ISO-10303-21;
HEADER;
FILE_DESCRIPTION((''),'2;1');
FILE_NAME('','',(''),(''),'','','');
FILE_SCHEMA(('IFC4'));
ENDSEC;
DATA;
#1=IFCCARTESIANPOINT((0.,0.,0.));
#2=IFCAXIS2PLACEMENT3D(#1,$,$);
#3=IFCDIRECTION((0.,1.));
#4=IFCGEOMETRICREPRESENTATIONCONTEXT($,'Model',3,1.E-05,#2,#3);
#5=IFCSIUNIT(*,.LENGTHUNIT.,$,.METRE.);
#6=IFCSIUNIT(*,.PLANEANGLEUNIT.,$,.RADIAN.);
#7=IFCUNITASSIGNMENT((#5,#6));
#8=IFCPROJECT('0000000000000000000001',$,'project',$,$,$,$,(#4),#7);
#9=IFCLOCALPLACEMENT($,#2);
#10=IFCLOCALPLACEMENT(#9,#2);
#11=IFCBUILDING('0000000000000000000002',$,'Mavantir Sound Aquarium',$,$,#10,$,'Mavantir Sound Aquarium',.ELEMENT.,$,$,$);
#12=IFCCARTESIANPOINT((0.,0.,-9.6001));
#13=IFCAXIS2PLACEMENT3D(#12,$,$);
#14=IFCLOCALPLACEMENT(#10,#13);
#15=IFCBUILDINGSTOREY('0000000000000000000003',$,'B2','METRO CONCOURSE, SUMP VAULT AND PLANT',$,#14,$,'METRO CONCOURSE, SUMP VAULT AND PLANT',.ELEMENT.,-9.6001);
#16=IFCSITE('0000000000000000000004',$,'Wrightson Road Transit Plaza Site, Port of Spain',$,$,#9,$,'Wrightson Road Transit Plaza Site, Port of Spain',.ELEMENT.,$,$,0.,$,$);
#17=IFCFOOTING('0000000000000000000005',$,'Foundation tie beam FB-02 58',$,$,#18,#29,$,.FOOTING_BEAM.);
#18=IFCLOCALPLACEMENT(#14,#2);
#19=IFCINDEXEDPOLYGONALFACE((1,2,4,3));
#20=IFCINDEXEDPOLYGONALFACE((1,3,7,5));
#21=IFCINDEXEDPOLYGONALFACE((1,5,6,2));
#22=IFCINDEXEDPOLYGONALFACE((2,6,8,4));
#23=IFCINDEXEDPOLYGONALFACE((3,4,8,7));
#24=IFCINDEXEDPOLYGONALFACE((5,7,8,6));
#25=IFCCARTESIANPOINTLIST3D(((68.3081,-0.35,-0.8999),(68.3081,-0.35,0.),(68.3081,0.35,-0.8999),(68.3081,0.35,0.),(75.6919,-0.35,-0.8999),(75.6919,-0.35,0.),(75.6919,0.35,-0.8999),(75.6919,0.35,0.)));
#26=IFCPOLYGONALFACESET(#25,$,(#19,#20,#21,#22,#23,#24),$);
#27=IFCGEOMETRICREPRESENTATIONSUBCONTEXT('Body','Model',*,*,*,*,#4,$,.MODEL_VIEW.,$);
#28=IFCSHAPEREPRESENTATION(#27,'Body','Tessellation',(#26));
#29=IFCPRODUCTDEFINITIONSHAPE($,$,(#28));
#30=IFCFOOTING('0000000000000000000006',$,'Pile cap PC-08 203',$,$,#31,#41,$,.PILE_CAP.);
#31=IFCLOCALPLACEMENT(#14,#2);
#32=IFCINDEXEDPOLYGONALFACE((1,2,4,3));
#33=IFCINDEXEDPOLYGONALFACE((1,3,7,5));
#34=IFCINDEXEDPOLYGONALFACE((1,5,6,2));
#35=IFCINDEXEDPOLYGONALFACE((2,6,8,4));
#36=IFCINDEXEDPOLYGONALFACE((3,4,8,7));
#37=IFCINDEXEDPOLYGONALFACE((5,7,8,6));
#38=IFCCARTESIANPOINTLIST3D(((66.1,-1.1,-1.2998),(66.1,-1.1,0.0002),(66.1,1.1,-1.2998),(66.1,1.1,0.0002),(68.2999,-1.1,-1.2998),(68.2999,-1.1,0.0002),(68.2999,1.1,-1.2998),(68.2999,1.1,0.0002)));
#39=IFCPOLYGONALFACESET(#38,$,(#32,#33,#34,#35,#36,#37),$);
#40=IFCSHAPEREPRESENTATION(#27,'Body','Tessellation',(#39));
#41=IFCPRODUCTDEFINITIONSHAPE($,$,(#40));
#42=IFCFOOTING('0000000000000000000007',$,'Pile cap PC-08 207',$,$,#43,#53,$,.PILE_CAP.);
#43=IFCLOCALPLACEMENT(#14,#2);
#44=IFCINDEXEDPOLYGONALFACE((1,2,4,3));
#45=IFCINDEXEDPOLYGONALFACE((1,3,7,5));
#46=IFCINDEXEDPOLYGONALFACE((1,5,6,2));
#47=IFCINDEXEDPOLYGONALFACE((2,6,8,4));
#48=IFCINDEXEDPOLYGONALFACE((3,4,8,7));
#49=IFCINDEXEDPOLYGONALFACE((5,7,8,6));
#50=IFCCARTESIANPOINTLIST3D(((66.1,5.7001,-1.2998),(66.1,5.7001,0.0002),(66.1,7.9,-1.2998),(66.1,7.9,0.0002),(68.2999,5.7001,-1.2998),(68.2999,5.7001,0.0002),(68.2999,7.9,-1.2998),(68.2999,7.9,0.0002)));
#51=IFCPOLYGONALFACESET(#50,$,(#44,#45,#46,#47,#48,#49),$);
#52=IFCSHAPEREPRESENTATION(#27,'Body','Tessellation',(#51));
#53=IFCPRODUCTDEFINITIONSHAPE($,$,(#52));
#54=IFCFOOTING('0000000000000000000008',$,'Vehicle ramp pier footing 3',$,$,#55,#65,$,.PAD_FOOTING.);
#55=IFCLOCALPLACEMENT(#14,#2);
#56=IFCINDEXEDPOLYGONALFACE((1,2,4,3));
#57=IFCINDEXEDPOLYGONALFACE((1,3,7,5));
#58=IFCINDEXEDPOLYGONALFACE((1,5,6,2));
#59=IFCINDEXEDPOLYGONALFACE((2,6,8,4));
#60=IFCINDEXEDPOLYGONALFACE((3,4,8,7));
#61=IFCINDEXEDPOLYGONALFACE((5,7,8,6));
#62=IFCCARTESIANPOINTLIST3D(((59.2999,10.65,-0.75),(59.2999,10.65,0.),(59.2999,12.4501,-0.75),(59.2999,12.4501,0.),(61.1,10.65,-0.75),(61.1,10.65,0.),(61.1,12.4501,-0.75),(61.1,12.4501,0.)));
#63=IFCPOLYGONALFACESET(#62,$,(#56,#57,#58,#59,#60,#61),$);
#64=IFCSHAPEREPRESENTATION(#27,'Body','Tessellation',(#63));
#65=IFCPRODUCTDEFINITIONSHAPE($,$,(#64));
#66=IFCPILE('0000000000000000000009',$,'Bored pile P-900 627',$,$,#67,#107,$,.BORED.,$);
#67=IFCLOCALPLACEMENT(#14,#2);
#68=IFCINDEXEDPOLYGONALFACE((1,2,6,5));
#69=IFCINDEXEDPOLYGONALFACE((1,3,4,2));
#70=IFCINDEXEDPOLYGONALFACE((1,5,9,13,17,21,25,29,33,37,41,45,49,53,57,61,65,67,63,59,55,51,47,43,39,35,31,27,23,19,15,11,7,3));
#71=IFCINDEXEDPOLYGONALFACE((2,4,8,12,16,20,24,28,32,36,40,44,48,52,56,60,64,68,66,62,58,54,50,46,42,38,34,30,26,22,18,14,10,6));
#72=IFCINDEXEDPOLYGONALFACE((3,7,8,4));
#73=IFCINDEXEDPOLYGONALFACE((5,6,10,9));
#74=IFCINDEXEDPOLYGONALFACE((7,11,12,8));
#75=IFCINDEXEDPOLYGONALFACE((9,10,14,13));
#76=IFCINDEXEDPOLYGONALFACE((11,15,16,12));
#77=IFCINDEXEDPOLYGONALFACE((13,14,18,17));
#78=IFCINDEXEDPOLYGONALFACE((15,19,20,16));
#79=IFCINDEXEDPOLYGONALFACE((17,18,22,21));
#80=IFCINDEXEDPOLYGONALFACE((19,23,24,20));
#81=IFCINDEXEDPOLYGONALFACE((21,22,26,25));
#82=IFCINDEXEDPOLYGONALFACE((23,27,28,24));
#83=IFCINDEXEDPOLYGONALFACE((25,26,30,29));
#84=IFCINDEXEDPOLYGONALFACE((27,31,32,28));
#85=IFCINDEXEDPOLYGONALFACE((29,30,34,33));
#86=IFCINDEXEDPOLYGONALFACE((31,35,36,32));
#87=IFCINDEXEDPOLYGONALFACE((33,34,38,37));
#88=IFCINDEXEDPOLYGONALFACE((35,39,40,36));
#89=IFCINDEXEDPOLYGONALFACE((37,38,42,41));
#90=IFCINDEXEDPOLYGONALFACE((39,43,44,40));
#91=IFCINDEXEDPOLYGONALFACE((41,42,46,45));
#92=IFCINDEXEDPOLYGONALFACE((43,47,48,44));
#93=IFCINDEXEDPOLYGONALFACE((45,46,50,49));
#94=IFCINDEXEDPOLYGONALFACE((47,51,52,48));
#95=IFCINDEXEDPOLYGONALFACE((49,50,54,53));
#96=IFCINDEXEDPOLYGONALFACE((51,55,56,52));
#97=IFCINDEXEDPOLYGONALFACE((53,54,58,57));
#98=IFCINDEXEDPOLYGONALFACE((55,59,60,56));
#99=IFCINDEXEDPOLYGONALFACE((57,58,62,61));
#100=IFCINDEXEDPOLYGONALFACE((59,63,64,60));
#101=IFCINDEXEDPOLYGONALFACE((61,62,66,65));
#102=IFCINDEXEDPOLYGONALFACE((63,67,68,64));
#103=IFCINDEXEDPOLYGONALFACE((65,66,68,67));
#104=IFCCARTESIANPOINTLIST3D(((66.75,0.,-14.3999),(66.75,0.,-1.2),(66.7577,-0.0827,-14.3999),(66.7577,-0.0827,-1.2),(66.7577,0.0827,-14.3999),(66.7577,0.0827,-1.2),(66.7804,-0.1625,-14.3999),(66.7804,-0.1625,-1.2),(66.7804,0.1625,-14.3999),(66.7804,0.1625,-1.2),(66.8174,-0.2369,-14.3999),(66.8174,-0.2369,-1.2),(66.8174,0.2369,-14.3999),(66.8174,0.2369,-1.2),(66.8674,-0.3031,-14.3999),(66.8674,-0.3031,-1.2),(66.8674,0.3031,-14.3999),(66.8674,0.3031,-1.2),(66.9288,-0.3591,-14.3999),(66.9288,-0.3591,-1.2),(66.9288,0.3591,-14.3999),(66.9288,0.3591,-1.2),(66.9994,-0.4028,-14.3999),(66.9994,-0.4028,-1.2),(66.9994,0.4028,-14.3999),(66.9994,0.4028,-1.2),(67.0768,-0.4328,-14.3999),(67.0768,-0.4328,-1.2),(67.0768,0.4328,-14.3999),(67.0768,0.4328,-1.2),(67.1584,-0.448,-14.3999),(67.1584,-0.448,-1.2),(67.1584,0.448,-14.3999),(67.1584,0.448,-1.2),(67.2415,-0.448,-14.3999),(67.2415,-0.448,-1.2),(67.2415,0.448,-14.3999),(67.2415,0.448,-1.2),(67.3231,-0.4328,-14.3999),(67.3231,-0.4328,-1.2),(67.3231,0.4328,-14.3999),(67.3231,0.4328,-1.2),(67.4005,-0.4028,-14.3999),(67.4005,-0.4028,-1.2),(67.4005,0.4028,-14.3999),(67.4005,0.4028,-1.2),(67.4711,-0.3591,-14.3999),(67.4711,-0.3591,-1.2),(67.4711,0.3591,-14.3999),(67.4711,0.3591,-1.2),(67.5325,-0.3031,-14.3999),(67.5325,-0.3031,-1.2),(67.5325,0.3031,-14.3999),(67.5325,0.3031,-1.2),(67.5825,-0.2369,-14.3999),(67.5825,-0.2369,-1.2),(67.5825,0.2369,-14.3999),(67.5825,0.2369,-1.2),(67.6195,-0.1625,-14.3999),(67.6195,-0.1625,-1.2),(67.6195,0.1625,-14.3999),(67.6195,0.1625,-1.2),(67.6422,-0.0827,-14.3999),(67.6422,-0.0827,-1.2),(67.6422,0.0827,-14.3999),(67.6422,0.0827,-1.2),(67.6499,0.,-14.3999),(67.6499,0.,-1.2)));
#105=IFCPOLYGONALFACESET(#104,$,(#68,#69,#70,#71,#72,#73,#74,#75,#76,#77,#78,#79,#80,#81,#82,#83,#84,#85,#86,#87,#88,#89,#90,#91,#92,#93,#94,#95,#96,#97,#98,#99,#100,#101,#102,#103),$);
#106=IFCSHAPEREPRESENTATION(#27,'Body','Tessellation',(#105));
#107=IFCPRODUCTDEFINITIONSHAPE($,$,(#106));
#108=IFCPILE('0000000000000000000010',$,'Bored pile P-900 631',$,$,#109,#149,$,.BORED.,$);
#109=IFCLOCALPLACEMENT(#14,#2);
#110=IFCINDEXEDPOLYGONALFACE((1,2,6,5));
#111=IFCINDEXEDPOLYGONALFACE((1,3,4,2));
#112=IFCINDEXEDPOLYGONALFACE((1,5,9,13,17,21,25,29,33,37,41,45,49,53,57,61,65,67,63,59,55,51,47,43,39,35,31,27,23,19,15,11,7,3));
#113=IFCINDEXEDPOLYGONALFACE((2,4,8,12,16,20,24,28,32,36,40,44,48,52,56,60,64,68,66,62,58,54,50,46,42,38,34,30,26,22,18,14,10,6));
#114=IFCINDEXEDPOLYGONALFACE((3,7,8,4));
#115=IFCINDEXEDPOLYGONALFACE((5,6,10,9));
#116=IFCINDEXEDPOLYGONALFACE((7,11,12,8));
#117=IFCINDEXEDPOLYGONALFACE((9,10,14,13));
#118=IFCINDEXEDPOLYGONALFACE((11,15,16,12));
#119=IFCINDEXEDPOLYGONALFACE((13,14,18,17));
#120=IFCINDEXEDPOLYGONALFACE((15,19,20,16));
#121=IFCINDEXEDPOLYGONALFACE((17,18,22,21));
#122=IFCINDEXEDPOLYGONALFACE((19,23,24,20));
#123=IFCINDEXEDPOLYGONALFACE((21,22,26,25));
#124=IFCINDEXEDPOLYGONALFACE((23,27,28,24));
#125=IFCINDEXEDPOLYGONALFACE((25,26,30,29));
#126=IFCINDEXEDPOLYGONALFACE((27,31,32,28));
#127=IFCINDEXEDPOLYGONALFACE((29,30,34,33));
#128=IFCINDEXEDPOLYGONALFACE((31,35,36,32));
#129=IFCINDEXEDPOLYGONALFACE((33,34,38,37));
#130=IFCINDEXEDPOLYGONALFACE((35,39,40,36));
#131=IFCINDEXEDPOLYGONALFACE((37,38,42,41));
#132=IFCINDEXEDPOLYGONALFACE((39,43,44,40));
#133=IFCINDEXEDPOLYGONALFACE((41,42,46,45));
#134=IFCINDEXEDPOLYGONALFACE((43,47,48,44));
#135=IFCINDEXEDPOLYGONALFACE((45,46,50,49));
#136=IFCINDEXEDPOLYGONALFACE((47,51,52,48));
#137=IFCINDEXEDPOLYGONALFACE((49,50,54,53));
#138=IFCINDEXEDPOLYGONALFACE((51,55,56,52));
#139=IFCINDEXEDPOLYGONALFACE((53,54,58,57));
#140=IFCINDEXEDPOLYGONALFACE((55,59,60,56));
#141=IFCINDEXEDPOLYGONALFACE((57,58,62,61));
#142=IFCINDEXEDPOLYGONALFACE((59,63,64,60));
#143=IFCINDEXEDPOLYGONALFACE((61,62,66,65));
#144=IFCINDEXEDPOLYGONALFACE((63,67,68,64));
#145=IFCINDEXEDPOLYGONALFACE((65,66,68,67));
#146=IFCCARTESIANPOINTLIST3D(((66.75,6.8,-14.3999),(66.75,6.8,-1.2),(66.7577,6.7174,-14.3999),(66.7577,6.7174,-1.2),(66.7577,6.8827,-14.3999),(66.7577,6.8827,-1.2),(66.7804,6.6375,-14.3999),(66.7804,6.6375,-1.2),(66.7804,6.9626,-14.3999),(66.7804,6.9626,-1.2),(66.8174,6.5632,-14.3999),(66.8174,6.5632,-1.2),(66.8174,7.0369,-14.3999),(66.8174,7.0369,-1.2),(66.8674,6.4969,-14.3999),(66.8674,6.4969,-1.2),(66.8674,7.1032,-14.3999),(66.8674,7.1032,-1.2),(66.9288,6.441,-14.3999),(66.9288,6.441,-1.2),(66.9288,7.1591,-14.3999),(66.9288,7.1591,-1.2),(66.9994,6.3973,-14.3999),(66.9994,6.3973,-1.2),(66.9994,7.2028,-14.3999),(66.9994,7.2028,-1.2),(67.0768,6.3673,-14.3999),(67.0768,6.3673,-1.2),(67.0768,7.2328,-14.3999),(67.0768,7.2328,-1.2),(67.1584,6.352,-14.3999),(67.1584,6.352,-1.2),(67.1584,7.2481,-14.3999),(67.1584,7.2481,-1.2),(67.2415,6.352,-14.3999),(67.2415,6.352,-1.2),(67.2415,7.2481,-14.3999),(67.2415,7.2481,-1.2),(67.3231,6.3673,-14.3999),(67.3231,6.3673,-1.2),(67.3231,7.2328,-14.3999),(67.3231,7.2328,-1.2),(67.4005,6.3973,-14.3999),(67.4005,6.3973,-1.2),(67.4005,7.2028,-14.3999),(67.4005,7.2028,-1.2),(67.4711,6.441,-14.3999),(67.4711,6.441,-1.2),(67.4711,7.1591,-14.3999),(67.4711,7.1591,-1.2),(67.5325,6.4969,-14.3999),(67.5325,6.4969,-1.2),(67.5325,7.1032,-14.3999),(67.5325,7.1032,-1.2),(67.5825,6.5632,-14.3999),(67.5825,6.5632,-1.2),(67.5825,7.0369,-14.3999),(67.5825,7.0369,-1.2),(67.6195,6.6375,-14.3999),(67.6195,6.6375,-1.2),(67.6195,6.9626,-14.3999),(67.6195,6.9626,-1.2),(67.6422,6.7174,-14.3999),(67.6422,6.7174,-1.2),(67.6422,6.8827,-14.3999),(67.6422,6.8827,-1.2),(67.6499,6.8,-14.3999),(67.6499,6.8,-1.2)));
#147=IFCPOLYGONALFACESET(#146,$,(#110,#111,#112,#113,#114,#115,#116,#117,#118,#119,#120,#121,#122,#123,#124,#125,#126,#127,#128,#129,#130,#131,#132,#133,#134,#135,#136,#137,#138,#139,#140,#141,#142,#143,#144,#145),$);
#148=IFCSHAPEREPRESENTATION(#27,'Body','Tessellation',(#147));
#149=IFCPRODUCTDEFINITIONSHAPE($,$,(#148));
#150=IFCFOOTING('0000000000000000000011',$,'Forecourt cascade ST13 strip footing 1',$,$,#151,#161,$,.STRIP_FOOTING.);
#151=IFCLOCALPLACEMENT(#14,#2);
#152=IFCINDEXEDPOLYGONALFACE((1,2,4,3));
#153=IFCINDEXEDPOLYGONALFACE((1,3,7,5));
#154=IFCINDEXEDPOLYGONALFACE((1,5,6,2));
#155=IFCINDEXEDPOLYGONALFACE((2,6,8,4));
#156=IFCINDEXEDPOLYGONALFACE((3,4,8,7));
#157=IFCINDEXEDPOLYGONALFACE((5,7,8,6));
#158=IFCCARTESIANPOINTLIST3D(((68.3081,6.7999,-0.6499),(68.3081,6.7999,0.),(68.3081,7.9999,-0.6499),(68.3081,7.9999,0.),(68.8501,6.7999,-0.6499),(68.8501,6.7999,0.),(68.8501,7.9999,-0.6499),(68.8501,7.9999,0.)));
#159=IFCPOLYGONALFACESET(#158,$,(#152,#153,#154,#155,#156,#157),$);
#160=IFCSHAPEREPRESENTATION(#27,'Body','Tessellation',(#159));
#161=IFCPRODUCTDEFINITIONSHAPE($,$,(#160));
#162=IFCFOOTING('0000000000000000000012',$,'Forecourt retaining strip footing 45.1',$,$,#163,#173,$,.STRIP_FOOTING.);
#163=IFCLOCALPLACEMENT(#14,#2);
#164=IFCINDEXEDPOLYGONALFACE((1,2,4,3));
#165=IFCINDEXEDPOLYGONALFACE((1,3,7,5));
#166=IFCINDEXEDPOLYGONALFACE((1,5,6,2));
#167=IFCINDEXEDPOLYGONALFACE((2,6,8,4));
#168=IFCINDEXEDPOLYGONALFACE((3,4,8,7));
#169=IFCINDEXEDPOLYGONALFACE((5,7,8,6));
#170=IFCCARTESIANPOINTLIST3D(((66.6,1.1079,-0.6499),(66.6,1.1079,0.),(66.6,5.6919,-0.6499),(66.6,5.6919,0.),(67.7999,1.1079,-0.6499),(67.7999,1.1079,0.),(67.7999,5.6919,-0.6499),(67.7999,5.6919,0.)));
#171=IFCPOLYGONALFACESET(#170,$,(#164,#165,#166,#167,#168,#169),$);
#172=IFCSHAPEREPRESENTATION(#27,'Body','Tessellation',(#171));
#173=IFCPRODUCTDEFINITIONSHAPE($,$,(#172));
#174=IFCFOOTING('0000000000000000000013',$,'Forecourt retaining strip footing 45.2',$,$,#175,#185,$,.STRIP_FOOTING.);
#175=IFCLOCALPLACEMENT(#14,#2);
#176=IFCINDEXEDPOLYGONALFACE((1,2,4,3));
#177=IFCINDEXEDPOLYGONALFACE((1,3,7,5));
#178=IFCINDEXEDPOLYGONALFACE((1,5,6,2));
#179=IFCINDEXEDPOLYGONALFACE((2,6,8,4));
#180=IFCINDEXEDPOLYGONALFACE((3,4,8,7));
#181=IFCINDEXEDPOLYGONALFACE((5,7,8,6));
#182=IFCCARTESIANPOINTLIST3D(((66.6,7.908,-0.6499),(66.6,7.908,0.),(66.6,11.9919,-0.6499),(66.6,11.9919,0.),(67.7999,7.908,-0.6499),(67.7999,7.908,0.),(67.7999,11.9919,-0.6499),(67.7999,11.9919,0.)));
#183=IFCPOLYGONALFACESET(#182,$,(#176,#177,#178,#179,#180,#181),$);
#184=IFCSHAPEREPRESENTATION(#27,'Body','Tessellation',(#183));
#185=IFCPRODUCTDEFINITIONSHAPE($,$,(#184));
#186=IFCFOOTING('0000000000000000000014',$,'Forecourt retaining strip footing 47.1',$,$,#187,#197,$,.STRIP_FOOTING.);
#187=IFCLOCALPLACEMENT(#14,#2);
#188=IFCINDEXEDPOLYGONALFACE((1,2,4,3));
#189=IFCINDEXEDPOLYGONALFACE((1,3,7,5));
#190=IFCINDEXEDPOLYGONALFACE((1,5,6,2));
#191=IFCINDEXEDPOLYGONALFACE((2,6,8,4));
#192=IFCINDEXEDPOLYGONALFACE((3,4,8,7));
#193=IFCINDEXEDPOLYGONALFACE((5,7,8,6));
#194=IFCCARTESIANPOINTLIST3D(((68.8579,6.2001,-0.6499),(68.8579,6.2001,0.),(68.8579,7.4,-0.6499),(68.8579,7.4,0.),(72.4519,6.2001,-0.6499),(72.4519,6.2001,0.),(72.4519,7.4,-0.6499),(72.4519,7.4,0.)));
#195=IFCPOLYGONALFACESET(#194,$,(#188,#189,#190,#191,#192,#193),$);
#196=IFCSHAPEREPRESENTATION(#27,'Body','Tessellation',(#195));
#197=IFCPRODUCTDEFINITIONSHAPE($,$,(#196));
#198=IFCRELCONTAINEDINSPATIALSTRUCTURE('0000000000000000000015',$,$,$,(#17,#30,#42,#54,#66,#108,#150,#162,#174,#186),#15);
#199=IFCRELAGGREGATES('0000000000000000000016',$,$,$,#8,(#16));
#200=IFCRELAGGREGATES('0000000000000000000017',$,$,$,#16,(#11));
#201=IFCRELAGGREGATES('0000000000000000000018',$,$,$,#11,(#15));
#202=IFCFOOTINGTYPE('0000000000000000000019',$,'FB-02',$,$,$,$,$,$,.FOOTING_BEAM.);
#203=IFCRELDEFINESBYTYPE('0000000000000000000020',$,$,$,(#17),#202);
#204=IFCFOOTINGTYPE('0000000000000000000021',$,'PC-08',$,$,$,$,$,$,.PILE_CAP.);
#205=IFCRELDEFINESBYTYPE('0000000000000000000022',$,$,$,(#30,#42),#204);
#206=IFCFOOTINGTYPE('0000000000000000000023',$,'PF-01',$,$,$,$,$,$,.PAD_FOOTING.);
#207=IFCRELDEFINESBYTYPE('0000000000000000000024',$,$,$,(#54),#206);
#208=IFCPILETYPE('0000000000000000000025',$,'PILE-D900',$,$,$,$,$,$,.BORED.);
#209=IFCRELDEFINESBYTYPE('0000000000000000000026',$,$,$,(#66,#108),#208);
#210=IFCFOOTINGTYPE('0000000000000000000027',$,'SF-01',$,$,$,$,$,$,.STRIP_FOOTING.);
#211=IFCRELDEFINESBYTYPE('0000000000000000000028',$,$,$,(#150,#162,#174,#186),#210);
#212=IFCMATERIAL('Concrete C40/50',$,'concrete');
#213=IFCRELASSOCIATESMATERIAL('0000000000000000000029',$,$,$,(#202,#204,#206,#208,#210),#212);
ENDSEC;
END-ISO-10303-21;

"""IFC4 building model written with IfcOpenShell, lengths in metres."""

from ifc_helpers import new_model, si_unit, direction, frame, origin, origin_2d, place, context, subcontext, project, spatial, rectangle, circle, extrude, material, material_profile, profile_set, type_object, element, save


model = new_model("IFC4")

# Units and contexts
model_context = context("Model", 3, precision=1e-05, world=origin(), true_north=direction((0.0, 1.0)))
body_context = subcontext(model_context, "Body", "Model", "MODEL_VIEW")
ifc_project = project(units=[si_unit("LENGTHUNIT", "METRE"), si_unit("PLANEANGLEUNIT", "RADIAN")], contexts=[model_context])

# Site, building, storey
site_placement = place(None, origin())
site = spatial("IfcSite", under=ifc_project, at=site_placement, Name="Wrightson Road Transit Plaza Site, Port of Spain", LongName="Wrightson Road Transit Plaza Site, Port of Spain", CompositionType="ELEMENT", RefElevation=0.0)
building_placement = place(site_placement, origin())
building = spatial("IfcBuilding", under=site, at=building_placement, Name="Mavantir Sound Aquarium", LongName="Mavantir Sound Aquarium", CompositionType="ELEMENT")
storey_placement = place(building_placement, frame((0.0, 0.0, -9.6001)))
storey = spatial("IfcBuildingStorey", under=building, at=storey_placement, Name="B2", Description="METRO CONCOURSE, SUMP VAULT AND PLANT", LongName="METRO CONCOURSE, SUMP VAULT AND PLANT", CompositionType="ELEMENT", Elevation=-9.6001)

# Footings
ifc_material_1 = material(Name="Concrete C40/50", Category="concrete")
ifc_material_profile_1 = material_profile(ifc_material_1, rectangle(XDim=0.7, YDim=0.8999, at=origin_2d()), Name="RC 700X900")
ifc_profile_set_1 = profile_set([ifc_material_profile_1], Name="Concrete C40/50")
footing_type_1 = type_object("IfcFootingType", Name="FB-02", PredefinedType="FOOTING_BEAM", material=ifc_profile_set_1)
footing_1_placement = place(storey_placement, frame((68.3081, 0.0, -0.45), z_axis=(1.0, 0.0, 0.0), x_axis=(0.0, 1.0, 0.0)))
element("IfcFooting", 1, at=footing_1_placement, inside=storey, type_object=footing_type_1, Name="Foundation tie beam FB-02 58", PredefinedType="FOOTING_BEAM", context=body_context, shape_type="SweptSolid", body=[
    extrude(rectangle(XDim=0.7, YDim=0.8999, at=origin_2d()), origin(), (0.0, 0.0, 1.0), 7.3838),
])
footing_type_2 = type_object("IfcFootingType", Name="PC-08", PredefinedType="PILE_CAP", material=ifc_material_1)
for number, where, z_axis, x_axis, name in (
    (2, (67.2, 0.0, -1.2998), (0.0, 0.0, 1.0), (1.0, 0.0, 0.0), "Pile cap PC-08 203"),
    (3, (67.2, 6.8, -1.2998), (0.0, 0.0, 1.0), (1.0, 0.0, 0.0), "Pile cap PC-08 207"),
):
    element("IfcFooting", number, at=place(storey_placement, frame(where, z_axis=z_axis, x_axis=x_axis)), inside=storey, type_object=footing_type_2, Name=name, PredefinedType="PILE_CAP", context=body_context, shape_type="SweptSolid", body=[
        extrude(rectangle(XDim=2.2, YDim=2.2, at=origin_2d()), origin(), (0.0, 0.0, 1.0), 1.3),
    ])
footing_type_3 = type_object("IfcFootingType", Name="PF-01", PredefinedType="PAD_FOOTING", material=ifc_material_1)
footing_2_placement = place(storey_placement, frame((60.2, 11.55, -0.75), z_axis=(0.0, 0.0, 1.0), x_axis=(1.0, 0.0, 0.0)))
element("IfcFooting", 4, at=footing_2_placement, inside=storey, type_object=footing_type_3, Name="Vehicle ramp pier footing 3", PredefinedType="PAD_FOOTING", context=body_context, shape_type="SweptSolid", body=[
    extrude(rectangle(XDim=1.8, YDim=1.8, at=origin_2d()), origin(), (0.0, 0.0, 1.0), 0.75),
])

# Piles
ifc_material_profile_2 = material_profile(ifc_material_1, circle(Radius=0.45, at=origin_2d()), Name="PILE D900")
ifc_profile_set_2 = profile_set([ifc_material_profile_2], Name="Concrete C40/50")
pile_type = type_object("IfcPileType", Name="PILE-D900", PredefinedType="BORED", material=ifc_profile_set_2)
for number, where, z_axis, x_axis, name in (
    (5, (67.2, 0.0, -1.2), (0.0, 0.0, -1.0), (1.0, 0.0, 0.0), "Bored pile P-900 627"),
    (6, (67.2, 6.8, -1.2), (0.0, 0.0, -1.0), (1.0, 0.0, 0.0), "Bored pile P-900 631"),
):
    element("IfcPile", number, at=place(storey_placement, frame(where, z_axis=z_axis, x_axis=x_axis)), inside=storey, type_object=pile_type, Name=name, PredefinedType="BORED", context=body_context, shape_type="SweptSolid", body=[
        extrude(circle(Radius=0.45, at=origin_2d()), origin(), (0.0, 0.0, 1.0), 13.2),
    ])

# Footings
ifc_material_profile_3 = material_profile(ifc_material_1, rectangle(XDim=1.2, YDim=0.6499, at=origin_2d()), Name="RC 1200X650")
ifc_profile_set_3 = profile_set([ifc_material_profile_3], Name="Concrete C40/50")
footing_type_4 = type_object("IfcFootingType", Name="SF-01", PredefinedType="STRIP_FOOTING", material=ifc_profile_set_3)
footing_3_placement = place(storey_placement, frame((68.3081, 7.3999, -0.325), z_axis=(1.0, 0.0, 0.0), x_axis=(0.0, 1.0, 0.0)))
element("IfcFooting", 7, at=footing_3_placement, inside=storey, type_object=footing_type_4, Name="Forecourt cascade ST13 strip footing 1", PredefinedType="STRIP_FOOTING", context=body_context, shape_type="SweptSolid", body=[
    extrude(rectangle(XDim=1.2, YDim=0.6499, at=origin_2d()), origin(), (0.0, 0.0, 1.0), 0.542),
])
footing_4_placement = place(storey_placement, frame((67.2, 1.1079, -0.325), z_axis=(0.0, 1.0, 0.0), x_axis=(-1.0, 0.0, 0.0)))
element("IfcFooting", 8, at=footing_4_placement, inside=storey, type_object=footing_type_4, Name="Forecourt retaining strip footing 45.1", PredefinedType="STRIP_FOOTING", context=body_context, shape_type="SweptSolid", body=[
    extrude(rectangle(XDim=1.2, YDim=0.6499, at=origin_2d()), origin(), (0.0, 0.0, 1.0), 4.584),
])
footing_5_placement = place(storey_placement, frame((67.2, 7.908, -0.325), z_axis=(0.0, 1.0, 0.0), x_axis=(-1.0, 0.0, 0.0)))
element("IfcFooting", 9, at=footing_5_placement, inside=storey, type_object=footing_type_4, Name="Forecourt retaining strip footing 45.2", PredefinedType="STRIP_FOOTING", context=body_context, shape_type="SweptSolid", body=[
    extrude(rectangle(XDim=1.2, YDim=0.6499, at=origin_2d()), origin(), (0.0, 0.0, 1.0), 4.084),
])
footing_6_placement = place(storey_placement, frame((68.8579, 6.8, -0.325), z_axis=(1.0, 0.0, 0.0), x_axis=(0.0, 1.0, 0.0)))
element("IfcFooting", 10, at=footing_6_placement, inside=storey, type_object=footing_type_4, Name="Forecourt retaining strip footing 47.1", PredefinedType="STRIP_FOOTING", context=body_context, shape_type="SweptSolid", body=[
    extrude(rectangle(XDim=1.2, YDim=0.6499, at=origin_2d()), origin(), (0.0, 0.0, 1.0), 3.594),
])

save(model, "model.ifc")
